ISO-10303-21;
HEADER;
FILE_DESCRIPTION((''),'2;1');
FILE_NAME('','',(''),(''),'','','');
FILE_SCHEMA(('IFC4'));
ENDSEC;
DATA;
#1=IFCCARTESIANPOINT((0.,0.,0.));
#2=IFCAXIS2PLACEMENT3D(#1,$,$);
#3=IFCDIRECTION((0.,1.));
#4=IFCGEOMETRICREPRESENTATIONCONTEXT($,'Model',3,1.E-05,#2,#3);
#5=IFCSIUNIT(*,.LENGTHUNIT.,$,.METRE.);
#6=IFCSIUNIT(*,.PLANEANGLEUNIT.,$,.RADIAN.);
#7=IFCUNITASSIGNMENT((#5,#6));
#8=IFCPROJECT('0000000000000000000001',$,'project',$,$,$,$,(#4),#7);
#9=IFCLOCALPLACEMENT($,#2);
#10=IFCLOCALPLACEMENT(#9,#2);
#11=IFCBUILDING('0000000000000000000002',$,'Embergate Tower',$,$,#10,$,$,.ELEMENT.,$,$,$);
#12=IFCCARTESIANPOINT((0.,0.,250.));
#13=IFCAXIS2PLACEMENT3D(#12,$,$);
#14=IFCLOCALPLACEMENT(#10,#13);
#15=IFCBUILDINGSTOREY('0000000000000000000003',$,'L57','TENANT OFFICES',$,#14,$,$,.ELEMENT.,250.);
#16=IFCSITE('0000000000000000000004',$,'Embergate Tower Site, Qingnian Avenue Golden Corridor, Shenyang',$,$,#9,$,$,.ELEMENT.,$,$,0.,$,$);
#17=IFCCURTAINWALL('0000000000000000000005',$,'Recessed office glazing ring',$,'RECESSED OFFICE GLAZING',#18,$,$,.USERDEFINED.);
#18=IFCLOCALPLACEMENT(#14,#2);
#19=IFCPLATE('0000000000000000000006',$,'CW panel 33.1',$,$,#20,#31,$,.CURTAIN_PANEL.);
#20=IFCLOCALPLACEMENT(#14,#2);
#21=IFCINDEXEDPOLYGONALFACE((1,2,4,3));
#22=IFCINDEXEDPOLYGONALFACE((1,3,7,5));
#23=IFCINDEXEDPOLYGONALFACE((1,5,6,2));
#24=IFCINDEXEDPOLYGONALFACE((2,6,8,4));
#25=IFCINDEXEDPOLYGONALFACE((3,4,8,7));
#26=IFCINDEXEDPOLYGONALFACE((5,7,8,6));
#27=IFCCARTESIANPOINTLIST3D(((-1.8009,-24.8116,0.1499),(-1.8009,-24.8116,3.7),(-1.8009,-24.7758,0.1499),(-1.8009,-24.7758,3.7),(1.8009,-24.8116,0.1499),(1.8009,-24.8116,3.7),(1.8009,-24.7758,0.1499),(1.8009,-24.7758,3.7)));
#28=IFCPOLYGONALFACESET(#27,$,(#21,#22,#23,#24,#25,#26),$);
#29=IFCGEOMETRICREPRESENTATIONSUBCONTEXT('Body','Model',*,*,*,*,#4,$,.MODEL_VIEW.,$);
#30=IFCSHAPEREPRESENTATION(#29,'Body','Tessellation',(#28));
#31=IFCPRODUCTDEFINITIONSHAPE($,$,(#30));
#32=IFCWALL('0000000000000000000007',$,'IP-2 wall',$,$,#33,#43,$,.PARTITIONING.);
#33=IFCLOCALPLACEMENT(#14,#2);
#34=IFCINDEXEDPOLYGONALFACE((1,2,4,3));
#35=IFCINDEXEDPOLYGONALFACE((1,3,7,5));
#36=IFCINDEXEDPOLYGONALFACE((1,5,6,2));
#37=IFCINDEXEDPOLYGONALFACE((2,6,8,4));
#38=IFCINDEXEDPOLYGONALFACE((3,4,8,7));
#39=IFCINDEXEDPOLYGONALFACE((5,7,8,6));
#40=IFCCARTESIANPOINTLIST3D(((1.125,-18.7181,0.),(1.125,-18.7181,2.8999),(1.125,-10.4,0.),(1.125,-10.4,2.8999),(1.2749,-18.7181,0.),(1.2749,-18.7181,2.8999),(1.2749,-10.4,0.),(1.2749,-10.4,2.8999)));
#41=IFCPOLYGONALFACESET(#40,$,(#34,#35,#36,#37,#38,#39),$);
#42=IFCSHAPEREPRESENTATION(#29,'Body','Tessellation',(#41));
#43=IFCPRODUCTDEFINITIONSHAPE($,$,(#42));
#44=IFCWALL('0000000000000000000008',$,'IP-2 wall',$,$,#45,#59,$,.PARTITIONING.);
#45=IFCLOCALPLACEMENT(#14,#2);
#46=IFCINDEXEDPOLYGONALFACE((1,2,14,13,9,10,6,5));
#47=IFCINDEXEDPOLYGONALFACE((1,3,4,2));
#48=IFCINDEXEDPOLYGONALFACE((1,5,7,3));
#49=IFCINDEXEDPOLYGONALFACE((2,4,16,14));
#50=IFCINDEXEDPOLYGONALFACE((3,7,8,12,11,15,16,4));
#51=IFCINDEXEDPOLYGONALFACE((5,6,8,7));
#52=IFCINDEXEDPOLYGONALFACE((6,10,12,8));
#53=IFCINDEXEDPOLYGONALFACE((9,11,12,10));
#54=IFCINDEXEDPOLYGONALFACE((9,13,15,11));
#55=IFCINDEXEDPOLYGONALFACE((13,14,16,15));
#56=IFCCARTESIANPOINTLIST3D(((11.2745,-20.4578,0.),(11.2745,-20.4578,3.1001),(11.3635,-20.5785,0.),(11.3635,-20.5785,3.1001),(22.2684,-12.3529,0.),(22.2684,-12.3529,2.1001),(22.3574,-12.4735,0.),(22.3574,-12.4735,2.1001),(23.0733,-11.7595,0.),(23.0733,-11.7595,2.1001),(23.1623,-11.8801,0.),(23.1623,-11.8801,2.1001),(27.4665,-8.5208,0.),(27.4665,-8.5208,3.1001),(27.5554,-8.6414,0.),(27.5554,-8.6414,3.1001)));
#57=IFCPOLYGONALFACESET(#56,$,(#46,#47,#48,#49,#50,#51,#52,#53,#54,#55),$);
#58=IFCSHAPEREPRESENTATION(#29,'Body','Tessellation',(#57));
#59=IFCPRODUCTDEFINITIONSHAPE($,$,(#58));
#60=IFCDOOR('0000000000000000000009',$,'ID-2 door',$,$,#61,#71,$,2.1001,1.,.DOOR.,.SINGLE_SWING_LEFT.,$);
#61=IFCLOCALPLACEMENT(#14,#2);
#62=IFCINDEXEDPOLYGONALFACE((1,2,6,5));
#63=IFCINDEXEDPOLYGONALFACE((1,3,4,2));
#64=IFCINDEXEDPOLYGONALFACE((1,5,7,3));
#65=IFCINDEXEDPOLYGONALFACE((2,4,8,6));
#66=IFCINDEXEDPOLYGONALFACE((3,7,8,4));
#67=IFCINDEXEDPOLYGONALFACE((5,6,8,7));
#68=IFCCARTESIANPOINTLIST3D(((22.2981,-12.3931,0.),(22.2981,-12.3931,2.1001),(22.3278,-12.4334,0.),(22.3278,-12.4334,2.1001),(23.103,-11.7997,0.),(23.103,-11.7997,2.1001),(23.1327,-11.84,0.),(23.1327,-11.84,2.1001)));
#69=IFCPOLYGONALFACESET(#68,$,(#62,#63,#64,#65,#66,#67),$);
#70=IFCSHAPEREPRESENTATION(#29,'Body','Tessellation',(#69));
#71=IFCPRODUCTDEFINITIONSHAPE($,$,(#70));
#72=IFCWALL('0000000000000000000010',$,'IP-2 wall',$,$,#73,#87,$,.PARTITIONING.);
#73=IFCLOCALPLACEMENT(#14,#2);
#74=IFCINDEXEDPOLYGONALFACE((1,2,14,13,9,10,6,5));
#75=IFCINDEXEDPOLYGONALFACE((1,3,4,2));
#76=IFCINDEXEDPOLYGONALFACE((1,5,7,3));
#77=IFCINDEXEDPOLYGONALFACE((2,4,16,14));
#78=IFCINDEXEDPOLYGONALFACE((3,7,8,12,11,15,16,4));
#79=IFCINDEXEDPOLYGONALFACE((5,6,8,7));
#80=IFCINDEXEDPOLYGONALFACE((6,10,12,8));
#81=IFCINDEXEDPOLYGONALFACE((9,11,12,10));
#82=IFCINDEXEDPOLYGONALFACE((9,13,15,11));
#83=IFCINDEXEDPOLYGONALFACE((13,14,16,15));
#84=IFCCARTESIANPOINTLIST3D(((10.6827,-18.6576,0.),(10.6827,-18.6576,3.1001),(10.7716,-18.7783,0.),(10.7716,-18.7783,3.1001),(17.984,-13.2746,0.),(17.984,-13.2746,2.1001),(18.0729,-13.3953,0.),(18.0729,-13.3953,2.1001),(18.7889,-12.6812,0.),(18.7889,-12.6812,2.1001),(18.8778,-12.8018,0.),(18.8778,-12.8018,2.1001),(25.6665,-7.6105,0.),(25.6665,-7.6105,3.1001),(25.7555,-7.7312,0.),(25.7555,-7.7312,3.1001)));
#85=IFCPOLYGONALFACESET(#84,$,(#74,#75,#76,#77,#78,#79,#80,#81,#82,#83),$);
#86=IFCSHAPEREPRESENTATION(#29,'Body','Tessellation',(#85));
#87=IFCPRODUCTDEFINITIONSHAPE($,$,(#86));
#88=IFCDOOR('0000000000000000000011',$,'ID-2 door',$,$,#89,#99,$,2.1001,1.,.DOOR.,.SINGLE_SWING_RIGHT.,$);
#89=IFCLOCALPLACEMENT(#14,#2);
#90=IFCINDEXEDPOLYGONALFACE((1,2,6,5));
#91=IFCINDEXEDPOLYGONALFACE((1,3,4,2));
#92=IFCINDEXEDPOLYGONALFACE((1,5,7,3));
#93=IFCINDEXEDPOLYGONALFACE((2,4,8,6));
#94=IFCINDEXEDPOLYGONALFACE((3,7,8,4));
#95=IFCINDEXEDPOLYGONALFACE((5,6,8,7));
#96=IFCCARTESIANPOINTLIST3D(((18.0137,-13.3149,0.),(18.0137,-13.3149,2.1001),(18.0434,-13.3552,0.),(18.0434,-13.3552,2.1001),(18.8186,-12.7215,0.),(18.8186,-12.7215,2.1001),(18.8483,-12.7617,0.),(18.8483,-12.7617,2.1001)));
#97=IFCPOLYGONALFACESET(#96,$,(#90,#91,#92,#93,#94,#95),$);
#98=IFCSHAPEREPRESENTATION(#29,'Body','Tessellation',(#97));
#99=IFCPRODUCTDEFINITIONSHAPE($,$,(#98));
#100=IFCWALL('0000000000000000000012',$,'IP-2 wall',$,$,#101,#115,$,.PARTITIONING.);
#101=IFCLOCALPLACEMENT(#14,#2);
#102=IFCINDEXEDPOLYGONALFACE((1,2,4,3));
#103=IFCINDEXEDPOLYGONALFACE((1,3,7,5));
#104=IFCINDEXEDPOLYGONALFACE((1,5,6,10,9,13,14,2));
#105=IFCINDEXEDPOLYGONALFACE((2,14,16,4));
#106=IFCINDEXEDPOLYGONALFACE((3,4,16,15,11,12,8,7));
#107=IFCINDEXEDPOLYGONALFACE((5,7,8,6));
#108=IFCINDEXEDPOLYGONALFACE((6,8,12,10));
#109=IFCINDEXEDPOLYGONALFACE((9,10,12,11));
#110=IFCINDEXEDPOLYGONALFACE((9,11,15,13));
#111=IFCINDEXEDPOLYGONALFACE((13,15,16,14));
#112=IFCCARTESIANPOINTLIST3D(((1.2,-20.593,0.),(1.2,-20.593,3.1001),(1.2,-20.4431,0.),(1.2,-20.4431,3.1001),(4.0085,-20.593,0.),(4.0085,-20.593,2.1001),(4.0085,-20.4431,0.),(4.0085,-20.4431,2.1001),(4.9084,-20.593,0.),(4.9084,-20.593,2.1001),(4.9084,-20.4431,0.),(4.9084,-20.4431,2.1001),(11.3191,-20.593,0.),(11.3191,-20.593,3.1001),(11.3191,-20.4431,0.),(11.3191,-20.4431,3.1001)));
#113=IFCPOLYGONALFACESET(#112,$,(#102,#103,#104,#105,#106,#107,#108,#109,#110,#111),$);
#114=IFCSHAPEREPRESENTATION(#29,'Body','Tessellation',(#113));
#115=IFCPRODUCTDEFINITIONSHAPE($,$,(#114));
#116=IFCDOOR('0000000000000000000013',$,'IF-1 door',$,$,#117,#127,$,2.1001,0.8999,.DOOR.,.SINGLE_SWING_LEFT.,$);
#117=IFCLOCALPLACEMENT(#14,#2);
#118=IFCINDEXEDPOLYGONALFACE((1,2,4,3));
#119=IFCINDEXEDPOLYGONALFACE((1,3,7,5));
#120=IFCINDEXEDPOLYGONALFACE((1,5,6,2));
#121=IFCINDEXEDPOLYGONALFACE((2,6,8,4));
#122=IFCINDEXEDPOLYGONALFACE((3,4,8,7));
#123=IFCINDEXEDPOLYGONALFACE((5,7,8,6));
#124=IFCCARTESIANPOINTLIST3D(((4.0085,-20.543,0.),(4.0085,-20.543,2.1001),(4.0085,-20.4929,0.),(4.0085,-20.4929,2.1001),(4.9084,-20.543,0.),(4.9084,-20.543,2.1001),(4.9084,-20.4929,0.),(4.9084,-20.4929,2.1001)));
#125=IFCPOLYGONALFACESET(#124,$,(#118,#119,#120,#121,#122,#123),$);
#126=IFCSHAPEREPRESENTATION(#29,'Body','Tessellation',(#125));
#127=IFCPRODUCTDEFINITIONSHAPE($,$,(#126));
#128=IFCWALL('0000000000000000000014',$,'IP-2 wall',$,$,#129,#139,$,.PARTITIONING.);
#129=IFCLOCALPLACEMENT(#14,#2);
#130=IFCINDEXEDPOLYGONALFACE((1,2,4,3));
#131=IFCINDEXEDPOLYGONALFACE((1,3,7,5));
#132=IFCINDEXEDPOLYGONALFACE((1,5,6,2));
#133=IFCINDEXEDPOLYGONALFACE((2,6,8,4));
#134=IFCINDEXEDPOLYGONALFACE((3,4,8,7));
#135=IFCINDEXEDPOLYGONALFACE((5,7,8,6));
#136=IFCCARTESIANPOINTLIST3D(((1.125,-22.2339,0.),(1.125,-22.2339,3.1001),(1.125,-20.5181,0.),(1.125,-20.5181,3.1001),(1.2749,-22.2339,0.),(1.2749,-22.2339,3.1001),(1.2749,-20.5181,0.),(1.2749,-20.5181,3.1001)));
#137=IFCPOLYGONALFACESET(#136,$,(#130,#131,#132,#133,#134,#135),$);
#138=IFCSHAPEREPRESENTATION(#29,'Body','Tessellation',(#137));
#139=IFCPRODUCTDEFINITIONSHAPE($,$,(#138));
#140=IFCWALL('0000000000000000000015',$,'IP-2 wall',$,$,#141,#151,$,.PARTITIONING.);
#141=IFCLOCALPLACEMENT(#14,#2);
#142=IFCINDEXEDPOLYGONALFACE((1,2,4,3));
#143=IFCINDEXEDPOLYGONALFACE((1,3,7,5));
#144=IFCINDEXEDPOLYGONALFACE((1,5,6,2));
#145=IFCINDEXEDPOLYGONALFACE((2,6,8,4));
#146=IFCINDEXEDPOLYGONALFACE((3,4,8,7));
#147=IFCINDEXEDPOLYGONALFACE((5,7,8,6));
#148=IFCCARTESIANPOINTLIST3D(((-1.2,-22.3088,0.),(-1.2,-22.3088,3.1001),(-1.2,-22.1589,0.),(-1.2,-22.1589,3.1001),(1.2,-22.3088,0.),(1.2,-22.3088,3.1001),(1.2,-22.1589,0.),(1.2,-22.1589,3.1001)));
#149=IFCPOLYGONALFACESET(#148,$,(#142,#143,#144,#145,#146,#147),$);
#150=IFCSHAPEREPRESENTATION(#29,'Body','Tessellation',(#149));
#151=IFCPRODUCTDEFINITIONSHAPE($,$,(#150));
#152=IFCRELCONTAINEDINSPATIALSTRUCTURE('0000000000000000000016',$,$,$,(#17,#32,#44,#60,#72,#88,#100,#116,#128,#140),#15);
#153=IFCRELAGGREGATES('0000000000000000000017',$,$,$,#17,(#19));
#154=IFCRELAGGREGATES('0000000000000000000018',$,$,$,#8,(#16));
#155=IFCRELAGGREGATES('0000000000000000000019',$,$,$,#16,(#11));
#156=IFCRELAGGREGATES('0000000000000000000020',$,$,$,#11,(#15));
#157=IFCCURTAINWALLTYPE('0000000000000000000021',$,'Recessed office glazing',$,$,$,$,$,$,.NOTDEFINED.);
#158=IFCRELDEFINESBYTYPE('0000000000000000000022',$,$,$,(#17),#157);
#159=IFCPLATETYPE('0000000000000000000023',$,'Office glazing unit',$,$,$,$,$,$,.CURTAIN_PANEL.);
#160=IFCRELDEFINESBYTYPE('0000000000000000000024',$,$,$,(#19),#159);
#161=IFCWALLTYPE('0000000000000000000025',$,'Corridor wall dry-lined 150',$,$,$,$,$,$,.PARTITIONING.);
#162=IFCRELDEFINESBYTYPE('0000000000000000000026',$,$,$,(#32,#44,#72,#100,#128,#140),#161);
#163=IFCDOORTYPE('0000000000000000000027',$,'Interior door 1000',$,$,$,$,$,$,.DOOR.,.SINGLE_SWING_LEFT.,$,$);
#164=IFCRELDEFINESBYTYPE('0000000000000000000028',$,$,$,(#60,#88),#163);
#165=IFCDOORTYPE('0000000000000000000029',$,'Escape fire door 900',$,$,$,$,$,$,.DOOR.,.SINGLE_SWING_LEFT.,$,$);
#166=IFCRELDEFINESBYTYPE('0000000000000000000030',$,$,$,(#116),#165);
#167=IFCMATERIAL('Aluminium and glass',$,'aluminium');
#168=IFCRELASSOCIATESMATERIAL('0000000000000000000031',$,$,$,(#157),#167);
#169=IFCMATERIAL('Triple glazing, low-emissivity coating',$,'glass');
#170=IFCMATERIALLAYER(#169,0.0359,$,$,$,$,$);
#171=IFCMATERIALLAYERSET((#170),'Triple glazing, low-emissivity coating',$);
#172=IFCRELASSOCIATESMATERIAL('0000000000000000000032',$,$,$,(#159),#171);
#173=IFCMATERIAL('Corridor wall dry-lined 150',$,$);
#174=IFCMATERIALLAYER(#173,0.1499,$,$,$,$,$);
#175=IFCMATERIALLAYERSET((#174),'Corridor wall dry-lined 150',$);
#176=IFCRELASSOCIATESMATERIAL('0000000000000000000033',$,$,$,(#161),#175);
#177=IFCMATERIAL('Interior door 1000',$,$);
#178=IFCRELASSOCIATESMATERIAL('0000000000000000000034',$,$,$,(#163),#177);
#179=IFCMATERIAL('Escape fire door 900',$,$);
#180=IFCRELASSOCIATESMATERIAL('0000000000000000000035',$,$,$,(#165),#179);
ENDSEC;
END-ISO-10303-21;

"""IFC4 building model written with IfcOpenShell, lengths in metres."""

from ifc_helpers import new_model, si_unit, direction, frame, frame_2d, origin, origin_2d, place, context, subcontext, project, spatial, rectangle, extrude, source, transform, mapped, material, layer, layer_set, type_object, element, fill, aggregate, save


model = new_model("IFC4")

# Units and contexts
model_context = context("Model", 3, precision=1e-05, world=origin(), true_north=direction((0.0, 1.0)))
body_context = subcontext(model_context, "Body", "Model", "MODEL_VIEW")
ifc_project = project(units=[si_unit("LENGTHUNIT", "METRE"), si_unit("PLANEANGLEUNIT", "RADIAN")], contexts=[model_context])

# Site, building, storey
site_placement = place(None, origin())
site = spatial("IfcSite", under=ifc_project, at=site_placement, Name="Embergate Tower Site, Qingnian Avenue Golden Corridor, Shenyang", CompositionType="ELEMENT", RefElevation=0.0)
building_placement = place(site_placement, origin())
building = spatial("IfcBuilding", under=site, at=building_placement, Name="Embergate Tower", CompositionType="ELEMENT")
storey_placement = place(building_placement, frame((0.0, 0.0, 250.0)))
storey = spatial("IfcBuildingStorey", under=building, at=storey_placement, Name="L57", Description="TENANT OFFICES", CompositionType="ELEMENT", Elevation=250.0)

# Curtain wall, plate
ifc_material_1 = material(Name="Aluminium and glass", Category="aluminium")
curtain_wall_type = type_object("IfcCurtainWallType", Name="Recessed office glazing", PredefinedType="NOTDEFINED", material=ifc_material_1)
curtain_wall_placement = place(storey_placement, origin())
curtain_wall = element("IfcCurtainWall", 1, at=curtain_wall_placement, inside=storey, type_object=curtain_wall_type, Name="Recessed office glazing ring", ObjectType="RECESSED OFFICE GLAZING", PredefinedType="USERDEFINED")
ifc_material_2 = material(Name="Triple glazing, low-emissivity coating", Category="glass")
ifc_layer_1 = layer(ifc_material_2, 0.0359)
ifc_layer_set_1 = layer_set([ifc_layer_1], Name="Triple glazing, low-emissivity coating")
plate_type = type_object("IfcPlateType", Name="Office glazing unit", PredefinedType="CURTAIN_PANEL", material=ifc_layer_set_1)
shared_shape_1 = source(origin(), body_context, "Body", "SweptSolid", [
    extrude(rectangle(XDim=3.6018, YDim=0.0359, at=origin_2d()), origin(), (0.0, 0.0, 1.0), 3.55),
])
plate_1_placement = place(storey_placement, frame((0.0, -24.7937, 0.1499), z_axis=(0.0, 0.0, 1.0), x_axis=(1.0, 0.0, 0.0)))
plate_1 = element("IfcPlate", 2, at=plate_1_placement, type_object=plate_type, Name="CW panel 33.1", PredefinedType="CURTAIN_PANEL", context=body_context, shape_type="MappedRepresentation", body=[
    mapped(shared_shape_1, transform((0.0, 0.0, 0.0))),
])
aggregate(curtain_wall, [plate_1])

# Wall
ifc_material_3 = material(Name="Corridor wall dry-lined 150")
ifc_layer_2 = layer(ifc_material_3, 0.1499)
ifc_layer_set_2 = layer_set([ifc_layer_2], Name="Corridor wall dry-lined 150")
wall_type_1 = type_object("IfcWallType", Name="Corridor wall dry-lined 150", PredefinedType="PARTITIONING", material=ifc_layer_set_2)
shared_shape_2 = source(origin(), body_context, "Body", "SweptSolid", [
    extrude(rectangle(XDim=8.3181, YDim=0.1499, at=frame_2d((4.1592, 0.0))), origin(), (0.0, 0.0, 1.0), 2.8999),
])
wall_1_placement = place(storey_placement, frame((1.2, -10.3999, 0.0), z_axis=(0.0, 0.0, 1.0), x_axis=(0.0, -1.0, 0.0)))
element("IfcWall", 3, at=wall_1_placement, inside=storey, type_object=wall_type_1, Name="IP-2 wall", PredefinedType="PARTITIONING", context=body_context, shape_type="MappedRepresentation", body=[
    mapped(shared_shape_2, transform((0.0, 0.0, 0.0))),
])

# Walls, openings, doors
shared_shape_3 = source(origin(), body_context, "Body", "SweptSolid", [
    extrude(rectangle(XDim=20.1165, YDim=0.1499, at=frame_2d((10.0581, 0.0))), origin(), (0.0, 0.0, 1.0), 3.1001),
])
wall_2_placement = place(storey_placement, frame((11.3191, -20.5181, 0.0), z_axis=(0.0, 0.0, 1.0), x_axis=(0.80491, 0.593397, 0.0)))
wall_2 = element("IfcWall", 4, at=wall_2_placement, inside=storey, type_object=wall_type_1, Name="IP-2 wall", PredefinedType="PARTITIONING", context=body_context, shape_type="MappedRepresentation", body=[
    mapped(shared_shape_3, transform((0.0, 0.0, 0.0))),
])
shared_shape_4 = source(origin(), body_context, "Body", "SweptSolid", [
    extrude(rectangle(XDim=1.0, YDim=2.1001, at=frame_2d((0.5, 1.05))), frame((0.0, 0.085, 0.0), z_axis=(0.0, -1.0, 0.0), x_axis=(1.0, 0.0, 0.0)), (0.0, 0.0, 1.0), 0.1699),
])
opening_1_placement = place(wall_2_placement, frame((13.6584, 0.0, 0.0)))
opening_1 = element("IfcOpeningElement", 5, at=opening_1_placement, cuts=wall_2, PredefinedType="OPENING", context=body_context, shape_type="MappedRepresentation", body=[
    mapped(shared_shape_4, transform((0.0, 0.0, 0.0))),
])
ifc_material_4 = material(Name="Interior door 1000")
door_type_1 = type_object("IfcDoorType", Name="Interior door 1000", OperationType="SINGLE_SWING_LEFT", PredefinedType="DOOR", material=ifc_material_4)
shared_shape_5 = source(origin(), body_context, "Body", "SweptSolid", [
    extrude(rectangle(XDim=1.0, YDim=2.1001, at=frame_2d((0.5, 1.05))), frame((0.0, 0.0249, 0.0), z_axis=(0.0, -1.0, 0.0), x_axis=(1.0, 0.0, 0.0)), (0.0, 0.0, 1.0), 0.05),
])
door_1_placement = place(opening_1_placement, origin())
door_1 = element("IfcDoor", 6, at=door_1_placement, inside=storey, type_object=door_type_1, Name="ID-2 door", OperationType="SINGLE_SWING_LEFT", OverallHeight=2.1001, OverallWidth=1.0, PredefinedType="DOOR", context=body_context, shape_type="MappedRepresentation", body=[
    mapped(shared_shape_5, transform((0.0, 0.0, 0.0))),
])
fill(opening_1, door_1)
shared_shape_6 = source(origin(), body_context, "Body", "SweptSolid", [
    extrude(rectangle(XDim=18.616, YDim=0.1499, at=frame_2d((9.3081, 0.0))), origin(), (0.0, 0.0, 1.0), 3.1001),
])
wall_3_placement = place(storey_placement, frame((10.7271, -18.718, 0.0), z_axis=(0.0, 0.0, 1.0), x_axis=(0.804893, 0.59342, 0.0)))
wall_3 = element("IfcWall", 7, at=wall_3_placement, inside=storey, type_object=wall_type_1, Name="IP-2 wall", PredefinedType="PARTITIONING", context=body_context, shape_type="MappedRepresentation", body=[
    mapped(shared_shape_6, transform((0.0, 0.0, 0.0))),
])
opening_2_placement = place(wall_3_placement, frame((9.0713, 0.0, 0.0)))
opening_2 = element("IfcOpeningElement", 8, at=opening_2_placement, cuts=wall_3, PredefinedType="OPENING", context=body_context, shape_type="MappedRepresentation", body=[
    mapped(shared_shape_4, transform((0.0, 0.0, 0.0))),
])
door_2_placement = place(opening_2_placement, origin())
door_2 = element("IfcDoor", 9, at=door_2_placement, inside=storey, type_object=door_type_1, Name="ID-2 door", OperationType="SINGLE_SWING_RIGHT", OverallHeight=2.1001, OverallWidth=1.0, PredefinedType="DOOR", context=body_context, shape_type="MappedRepresentation", body=[
    mapped(shared_shape_5, transform((0.0, 0.0, 0.0))),
])
fill(opening_2, door_2)
shared_shape_7 = source(origin(), body_context, "Body", "SweptSolid", [
    extrude(rectangle(XDim=10.1191, YDim=0.1499, at=frame_2d((5.0596, 0.0))), origin(), (0.0, 0.0, 1.0), 3.1001),
])
wall_4_placement = place(storey_placement, frame((11.3191, -20.5181, 0.0), z_axis=(0.0, 0.0, 1.0), x_axis=(-1.0, 0.0, 0.0)))
wall_4 = element("IfcWall", 10, at=wall_4_placement, inside=storey, type_object=wall_type_1, Name="IP-2 wall", PredefinedType="PARTITIONING", context=body_context, shape_type="MappedRepresentation", body=[
    mapped(shared_shape_7, transform((0.0, 0.0, 0.0))),
])
shared_shape_8 = source(origin(), body_context, "Body", "SweptSolid", [
    extrude(rectangle(XDim=0.8999, YDim=2.1001, at=frame_2d((0.45, 1.05))), frame((0.0, 0.085, 0.0), z_axis=(0.0, -1.0, 0.0), x_axis=(1.0, 0.0, 0.0)), (0.0, 0.0, 1.0), 0.1699),
])
opening_3_placement = place(wall_4_placement, frame((6.4106, 0.0, 0.0)))
opening_3 = element("IfcOpeningElement", 11, at=opening_3_placement, cuts=wall_4, PredefinedType="OPENING", context=body_context, shape_type="MappedRepresentation", body=[
    mapped(shared_shape_8, transform((0.0, 0.0, 0.0))),
])
ifc_material_5 = material(Name="Escape fire door 900")
door_type_2 = type_object("IfcDoorType", Name="Escape fire door 900", OperationType="SINGLE_SWING_LEFT", PredefinedType="DOOR", material=ifc_material_5)
shared_shape_9 = source(origin(), body_context, "Body", "SweptSolid", [
    extrude(rectangle(XDim=0.8999, YDim=2.1001, at=frame_2d((0.45, 1.05))), frame((0.0, 0.0249, 0.0), z_axis=(0.0, -1.0, 0.0), x_axis=(1.0, 0.0, 0.0)), (0.0, 0.0, 1.0), 0.05),
])
door_3_placement = place(opening_3_placement, origin())
door_3 = element("IfcDoor", 12, at=door_3_placement, inside=storey, type_object=door_type_2, Name="IF-1 door", OperationType="SINGLE_SWING_LEFT", OverallHeight=2.1001, OverallWidth=0.8999, PredefinedType="DOOR", context=body_context, shape_type="MappedRepresentation", body=[
    mapped(shared_shape_9, transform((0.0, 0.0, 0.0))),
])
fill(opening_3, door_3)

# Walls
shared_shape_10 = source(origin(), body_context, "Body", "SweptSolid", [
    extrude(rectangle(XDim=1.7158, YDim=0.1499, at=frame_2d((0.8579, 0.0))), origin(), (0.0, 0.0, 1.0), 3.1001),
])
wall_5_placement = place(storey_placement, frame((1.2, -20.5181, 0.0), z_axis=(0.0, 0.0, 1.0), x_axis=(0.0, -1.0, 0.0)))
element("IfcWall", 13, at=wall_5_placement, inside=storey, type_object=wall_type_1, Name="IP-2 wall", PredefinedType="PARTITIONING", context=body_context, shape_type="MappedRepresentation", body=[
    mapped(shared_shape_10, transform((0.0, 0.0, 0.0))),
])
shared_shape_11 = source(origin(), body_context, "Body", "SweptSolid", [
    extrude(rectangle(XDim=2.3999, YDim=0.1499, at=frame_2d((1.2, 0.0))), origin(), (0.0, 0.0, 1.0), 3.1001),
])
wall_6_placement = place(storey_placement, frame((1.2, -22.2339, 0.0), z_axis=(0.0, 0.0, 1.0), x_axis=(-1.0, 0.0, 0.0)))
element("IfcWall", 14, at=wall_6_placement, inside=storey, type_object=wall_type_1, Name="IP-2 wall", PredefinedType="PARTITIONING", context=body_context, shape_type="MappedRepresentation", body=[
    mapped(shared_shape_11, transform((0.0, 0.0, 0.0))),
])

save(model, "model.ifc")
